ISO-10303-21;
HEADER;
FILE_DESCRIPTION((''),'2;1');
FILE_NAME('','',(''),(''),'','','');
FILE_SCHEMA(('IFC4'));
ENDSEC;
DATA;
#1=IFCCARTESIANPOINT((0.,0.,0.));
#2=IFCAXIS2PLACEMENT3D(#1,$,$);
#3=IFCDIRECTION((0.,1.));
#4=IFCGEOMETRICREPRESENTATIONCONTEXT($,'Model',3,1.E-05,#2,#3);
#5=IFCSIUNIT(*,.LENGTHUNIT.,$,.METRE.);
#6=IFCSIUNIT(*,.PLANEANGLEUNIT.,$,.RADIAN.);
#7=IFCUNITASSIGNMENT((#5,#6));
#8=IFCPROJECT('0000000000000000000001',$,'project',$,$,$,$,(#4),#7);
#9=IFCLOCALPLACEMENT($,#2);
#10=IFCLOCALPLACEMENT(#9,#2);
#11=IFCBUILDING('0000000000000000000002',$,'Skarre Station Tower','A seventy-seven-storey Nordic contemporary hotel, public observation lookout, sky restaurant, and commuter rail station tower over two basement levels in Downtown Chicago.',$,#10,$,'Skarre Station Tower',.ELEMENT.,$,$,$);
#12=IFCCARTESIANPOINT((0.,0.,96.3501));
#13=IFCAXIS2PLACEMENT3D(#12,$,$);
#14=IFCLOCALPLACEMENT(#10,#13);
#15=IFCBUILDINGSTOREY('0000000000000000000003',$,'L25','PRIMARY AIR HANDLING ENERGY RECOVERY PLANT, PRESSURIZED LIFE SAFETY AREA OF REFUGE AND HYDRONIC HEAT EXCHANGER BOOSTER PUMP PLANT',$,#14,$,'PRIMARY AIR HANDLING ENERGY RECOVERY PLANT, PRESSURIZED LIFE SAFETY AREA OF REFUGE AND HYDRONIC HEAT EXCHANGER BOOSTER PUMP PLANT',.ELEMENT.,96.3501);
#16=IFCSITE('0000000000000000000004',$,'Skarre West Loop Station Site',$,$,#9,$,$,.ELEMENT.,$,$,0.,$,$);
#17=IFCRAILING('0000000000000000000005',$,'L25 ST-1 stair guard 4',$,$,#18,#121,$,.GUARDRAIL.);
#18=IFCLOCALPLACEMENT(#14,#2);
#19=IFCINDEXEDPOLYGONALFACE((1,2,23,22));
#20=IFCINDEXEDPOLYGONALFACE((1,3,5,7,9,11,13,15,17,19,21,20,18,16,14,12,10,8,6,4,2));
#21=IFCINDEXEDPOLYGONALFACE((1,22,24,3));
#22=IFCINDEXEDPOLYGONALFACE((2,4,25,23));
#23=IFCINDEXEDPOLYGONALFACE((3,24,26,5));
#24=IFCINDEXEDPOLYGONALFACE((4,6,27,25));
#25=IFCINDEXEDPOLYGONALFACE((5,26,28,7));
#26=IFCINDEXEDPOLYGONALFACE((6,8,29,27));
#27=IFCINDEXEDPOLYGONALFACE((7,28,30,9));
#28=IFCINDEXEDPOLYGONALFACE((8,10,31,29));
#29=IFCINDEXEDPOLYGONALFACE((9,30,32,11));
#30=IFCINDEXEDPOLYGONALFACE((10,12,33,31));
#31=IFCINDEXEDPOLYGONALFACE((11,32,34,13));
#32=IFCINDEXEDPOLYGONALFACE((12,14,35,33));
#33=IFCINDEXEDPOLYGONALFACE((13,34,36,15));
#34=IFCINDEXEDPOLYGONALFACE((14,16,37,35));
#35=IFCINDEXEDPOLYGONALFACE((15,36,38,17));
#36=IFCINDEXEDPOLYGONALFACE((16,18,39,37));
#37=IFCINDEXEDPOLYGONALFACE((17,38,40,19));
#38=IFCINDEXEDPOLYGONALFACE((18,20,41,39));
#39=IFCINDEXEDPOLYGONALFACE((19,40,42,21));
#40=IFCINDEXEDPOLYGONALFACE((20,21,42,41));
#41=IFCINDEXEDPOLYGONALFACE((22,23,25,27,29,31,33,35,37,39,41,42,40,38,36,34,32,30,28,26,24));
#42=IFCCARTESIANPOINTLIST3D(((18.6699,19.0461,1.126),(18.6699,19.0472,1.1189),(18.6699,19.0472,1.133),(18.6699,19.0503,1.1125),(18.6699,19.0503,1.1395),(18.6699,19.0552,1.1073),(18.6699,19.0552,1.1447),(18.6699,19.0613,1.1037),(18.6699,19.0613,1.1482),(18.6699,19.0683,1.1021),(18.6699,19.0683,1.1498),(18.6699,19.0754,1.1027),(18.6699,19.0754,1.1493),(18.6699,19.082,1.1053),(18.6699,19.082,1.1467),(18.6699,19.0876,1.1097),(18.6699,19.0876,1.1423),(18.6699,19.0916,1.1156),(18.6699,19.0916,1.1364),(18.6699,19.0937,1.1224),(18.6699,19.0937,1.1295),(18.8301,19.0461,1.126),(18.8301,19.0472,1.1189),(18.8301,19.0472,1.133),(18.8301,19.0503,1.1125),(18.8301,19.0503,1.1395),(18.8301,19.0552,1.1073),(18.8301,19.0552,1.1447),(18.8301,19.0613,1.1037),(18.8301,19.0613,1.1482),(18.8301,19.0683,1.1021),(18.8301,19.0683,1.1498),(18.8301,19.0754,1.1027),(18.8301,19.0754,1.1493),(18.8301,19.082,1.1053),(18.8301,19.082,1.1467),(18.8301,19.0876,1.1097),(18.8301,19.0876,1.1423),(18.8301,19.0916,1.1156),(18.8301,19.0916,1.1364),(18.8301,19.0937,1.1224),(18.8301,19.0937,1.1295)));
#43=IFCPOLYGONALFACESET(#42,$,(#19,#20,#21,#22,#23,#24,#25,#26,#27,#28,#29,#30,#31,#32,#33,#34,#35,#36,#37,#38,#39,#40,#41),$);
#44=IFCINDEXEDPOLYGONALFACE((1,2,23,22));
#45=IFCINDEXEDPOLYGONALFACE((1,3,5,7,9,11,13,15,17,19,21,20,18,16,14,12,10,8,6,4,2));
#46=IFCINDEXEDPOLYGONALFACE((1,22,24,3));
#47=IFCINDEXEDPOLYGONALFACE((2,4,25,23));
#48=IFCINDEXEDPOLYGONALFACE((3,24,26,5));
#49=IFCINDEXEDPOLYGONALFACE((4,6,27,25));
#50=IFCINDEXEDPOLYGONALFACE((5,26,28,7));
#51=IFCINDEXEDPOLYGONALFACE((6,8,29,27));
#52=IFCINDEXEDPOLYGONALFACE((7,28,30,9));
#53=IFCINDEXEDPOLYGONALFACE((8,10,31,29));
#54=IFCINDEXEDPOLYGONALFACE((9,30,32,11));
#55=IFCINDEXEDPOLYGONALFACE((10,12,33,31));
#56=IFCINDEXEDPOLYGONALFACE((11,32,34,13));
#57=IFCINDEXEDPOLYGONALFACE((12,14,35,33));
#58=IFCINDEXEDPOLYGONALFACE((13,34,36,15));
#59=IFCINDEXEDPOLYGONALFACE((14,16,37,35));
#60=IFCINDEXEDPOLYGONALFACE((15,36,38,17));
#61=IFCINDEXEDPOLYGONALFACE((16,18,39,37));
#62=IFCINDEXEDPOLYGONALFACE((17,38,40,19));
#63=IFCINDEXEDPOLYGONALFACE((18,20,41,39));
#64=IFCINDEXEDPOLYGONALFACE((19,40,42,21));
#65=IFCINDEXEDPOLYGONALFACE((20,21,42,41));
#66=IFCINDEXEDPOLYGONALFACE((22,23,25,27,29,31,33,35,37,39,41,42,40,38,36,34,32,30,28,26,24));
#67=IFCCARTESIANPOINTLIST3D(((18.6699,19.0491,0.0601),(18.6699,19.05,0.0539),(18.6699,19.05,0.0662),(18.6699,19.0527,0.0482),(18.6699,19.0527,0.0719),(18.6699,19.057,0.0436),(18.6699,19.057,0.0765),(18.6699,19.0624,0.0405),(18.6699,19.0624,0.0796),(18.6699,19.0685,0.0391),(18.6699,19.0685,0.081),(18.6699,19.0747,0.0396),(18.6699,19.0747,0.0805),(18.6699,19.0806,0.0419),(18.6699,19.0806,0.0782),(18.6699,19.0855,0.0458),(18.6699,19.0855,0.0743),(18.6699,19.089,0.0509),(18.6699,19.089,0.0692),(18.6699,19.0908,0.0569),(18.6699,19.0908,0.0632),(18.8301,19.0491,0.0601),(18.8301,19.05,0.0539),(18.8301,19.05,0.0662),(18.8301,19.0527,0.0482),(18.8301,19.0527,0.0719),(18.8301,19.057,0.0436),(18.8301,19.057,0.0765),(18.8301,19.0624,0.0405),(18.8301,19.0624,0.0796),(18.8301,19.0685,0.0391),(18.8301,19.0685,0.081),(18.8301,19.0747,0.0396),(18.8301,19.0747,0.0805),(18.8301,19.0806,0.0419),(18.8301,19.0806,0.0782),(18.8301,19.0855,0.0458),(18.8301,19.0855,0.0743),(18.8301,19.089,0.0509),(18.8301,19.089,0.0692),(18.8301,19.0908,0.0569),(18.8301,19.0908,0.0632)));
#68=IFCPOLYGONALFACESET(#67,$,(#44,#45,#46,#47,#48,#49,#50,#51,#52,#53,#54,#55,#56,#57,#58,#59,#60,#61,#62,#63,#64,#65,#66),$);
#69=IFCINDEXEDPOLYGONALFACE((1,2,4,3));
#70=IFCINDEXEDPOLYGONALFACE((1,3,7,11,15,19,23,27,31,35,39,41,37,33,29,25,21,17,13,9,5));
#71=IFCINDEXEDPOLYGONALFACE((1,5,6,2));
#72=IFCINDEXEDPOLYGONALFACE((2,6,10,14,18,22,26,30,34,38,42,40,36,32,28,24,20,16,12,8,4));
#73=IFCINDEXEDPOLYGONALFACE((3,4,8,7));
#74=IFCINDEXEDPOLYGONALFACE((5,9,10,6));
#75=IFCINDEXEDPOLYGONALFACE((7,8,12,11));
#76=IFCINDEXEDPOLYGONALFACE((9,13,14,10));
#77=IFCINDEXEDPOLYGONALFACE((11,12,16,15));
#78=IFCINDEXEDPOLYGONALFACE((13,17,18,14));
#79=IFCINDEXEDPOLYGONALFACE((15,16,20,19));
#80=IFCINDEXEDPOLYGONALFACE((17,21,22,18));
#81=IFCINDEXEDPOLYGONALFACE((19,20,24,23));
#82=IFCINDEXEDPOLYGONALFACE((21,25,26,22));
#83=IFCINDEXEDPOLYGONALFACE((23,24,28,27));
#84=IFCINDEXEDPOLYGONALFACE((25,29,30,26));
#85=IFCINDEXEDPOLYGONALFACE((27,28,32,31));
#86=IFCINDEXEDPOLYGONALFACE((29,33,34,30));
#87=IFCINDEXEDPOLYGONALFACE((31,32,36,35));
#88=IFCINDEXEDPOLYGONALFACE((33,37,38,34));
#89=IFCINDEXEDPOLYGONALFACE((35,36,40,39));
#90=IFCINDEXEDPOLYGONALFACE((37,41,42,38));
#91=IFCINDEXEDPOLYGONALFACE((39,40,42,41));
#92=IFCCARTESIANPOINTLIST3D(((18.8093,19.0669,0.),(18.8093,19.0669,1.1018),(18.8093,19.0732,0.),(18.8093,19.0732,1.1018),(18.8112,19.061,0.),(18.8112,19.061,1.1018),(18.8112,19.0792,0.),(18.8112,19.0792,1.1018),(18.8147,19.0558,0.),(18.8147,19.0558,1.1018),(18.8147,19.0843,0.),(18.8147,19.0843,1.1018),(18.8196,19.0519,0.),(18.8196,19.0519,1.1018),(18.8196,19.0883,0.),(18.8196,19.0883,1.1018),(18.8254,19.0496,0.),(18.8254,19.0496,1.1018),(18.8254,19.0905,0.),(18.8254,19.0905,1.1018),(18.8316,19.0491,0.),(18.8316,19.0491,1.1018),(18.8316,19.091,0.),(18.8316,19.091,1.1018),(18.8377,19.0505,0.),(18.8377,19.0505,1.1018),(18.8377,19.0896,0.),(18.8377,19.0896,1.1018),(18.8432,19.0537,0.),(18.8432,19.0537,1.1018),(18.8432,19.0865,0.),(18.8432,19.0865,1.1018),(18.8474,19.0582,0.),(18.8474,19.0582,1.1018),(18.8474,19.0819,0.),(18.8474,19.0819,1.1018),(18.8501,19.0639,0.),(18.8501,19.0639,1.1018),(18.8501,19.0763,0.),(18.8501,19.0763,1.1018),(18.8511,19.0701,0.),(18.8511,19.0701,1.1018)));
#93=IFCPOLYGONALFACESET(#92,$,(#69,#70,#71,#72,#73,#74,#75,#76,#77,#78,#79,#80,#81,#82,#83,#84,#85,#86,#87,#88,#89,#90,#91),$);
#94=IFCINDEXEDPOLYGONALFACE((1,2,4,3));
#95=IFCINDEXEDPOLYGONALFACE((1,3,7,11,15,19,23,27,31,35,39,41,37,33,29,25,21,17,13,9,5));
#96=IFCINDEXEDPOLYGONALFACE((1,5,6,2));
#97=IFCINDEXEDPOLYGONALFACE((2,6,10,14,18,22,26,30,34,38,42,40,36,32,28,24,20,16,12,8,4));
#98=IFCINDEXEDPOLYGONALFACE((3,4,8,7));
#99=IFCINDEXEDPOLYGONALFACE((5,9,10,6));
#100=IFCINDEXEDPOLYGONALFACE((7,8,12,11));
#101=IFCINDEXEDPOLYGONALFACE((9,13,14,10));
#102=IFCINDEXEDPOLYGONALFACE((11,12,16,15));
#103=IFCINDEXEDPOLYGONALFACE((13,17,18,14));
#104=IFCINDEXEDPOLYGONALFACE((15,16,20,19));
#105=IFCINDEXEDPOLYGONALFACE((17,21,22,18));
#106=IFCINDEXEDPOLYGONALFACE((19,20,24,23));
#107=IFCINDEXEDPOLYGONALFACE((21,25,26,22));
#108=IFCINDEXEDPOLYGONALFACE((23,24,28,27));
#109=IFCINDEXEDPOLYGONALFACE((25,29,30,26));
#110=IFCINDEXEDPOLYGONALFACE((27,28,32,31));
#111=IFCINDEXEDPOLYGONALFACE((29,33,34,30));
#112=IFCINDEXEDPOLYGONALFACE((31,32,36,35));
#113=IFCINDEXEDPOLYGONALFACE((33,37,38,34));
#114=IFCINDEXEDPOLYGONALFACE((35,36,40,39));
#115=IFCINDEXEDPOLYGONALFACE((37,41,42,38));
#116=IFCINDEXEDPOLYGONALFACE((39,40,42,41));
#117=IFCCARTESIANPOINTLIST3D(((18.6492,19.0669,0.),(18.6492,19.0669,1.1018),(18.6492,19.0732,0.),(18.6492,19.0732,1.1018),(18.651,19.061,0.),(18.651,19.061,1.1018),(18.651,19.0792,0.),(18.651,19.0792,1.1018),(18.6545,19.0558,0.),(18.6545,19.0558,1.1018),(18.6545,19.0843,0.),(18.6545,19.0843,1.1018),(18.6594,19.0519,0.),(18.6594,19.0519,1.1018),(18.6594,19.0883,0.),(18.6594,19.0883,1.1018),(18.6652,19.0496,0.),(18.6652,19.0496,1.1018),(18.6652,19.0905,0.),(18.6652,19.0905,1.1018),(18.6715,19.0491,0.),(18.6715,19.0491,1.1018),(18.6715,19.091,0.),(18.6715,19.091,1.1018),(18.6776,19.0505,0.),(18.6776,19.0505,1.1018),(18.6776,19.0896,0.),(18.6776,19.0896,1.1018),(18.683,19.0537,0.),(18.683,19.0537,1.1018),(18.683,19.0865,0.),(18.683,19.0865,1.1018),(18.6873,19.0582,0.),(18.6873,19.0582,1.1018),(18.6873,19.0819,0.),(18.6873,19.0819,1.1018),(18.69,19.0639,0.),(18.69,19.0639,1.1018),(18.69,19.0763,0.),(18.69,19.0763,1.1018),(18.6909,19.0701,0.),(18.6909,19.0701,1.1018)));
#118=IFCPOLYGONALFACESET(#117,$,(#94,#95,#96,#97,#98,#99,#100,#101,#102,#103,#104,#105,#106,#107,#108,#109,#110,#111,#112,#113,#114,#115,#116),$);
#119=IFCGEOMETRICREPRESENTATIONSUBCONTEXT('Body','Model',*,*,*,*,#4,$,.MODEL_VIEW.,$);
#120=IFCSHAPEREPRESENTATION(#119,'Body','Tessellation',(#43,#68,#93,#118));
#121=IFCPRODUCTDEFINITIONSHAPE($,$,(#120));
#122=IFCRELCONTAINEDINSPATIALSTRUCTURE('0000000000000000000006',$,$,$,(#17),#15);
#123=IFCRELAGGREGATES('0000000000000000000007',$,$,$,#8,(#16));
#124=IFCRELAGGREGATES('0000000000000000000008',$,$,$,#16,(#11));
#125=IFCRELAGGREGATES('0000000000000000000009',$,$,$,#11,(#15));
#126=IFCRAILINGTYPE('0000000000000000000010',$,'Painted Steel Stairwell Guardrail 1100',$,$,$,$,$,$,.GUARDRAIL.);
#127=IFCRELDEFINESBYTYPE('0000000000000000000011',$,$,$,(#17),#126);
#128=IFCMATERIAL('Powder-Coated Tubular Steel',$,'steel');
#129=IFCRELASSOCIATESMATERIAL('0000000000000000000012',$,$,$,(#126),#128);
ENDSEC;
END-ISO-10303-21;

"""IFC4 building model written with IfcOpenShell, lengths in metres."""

from ifc_helpers import new_model, si_unit, direction, frame, origin, origin_2d, place, context, subcontext, project, spatial, circle, extrude, material, type_object, element, save


model = new_model("IFC4")

# Units and contexts
model_context = context("Model", 3, precision=1e-05, world=origin(), true_north=direction((0.0, 1.0)))
body_context = subcontext(model_context, "Body", "Model", "MODEL_VIEW")
ifc_project = project(units=[si_unit("LENGTHUNIT", "METRE"), si_unit("PLANEANGLEUNIT", "RADIAN")], contexts=[model_context])

# Site, building, storey
site_placement = place(None, origin())
site = spatial("IfcSite", under=ifc_project, at=site_placement, Name="Skarre West Loop Station Site", CompositionType="ELEMENT", RefElevation=0.0)
building_placement = place(site_placement, origin())
building = spatial("IfcBuilding", under=site, at=building_placement, Name="Skarre Station Tower", Description="A seventy-seven-storey Nordic contemporary hotel, public observation lookout, sky restaurant, and commuter rail station tower over two basement levels in Downtown Chicago.", LongName="Skarre Station Tower", CompositionType="ELEMENT")
storey_placement = place(building_placement, frame((0.0, 0.0, 96.3501)))
storey = spatial("IfcBuildingStorey", under=building, at=storey_placement, Name="L25", Description="PRIMARY AIR HANDLING ENERGY RECOVERY PLANT, PRESSURIZED LIFE SAFETY AREA OF REFUGE AND HYDRONIC HEAT EXCHANGER BOOSTER PUMP PLANT", LongName="PRIMARY AIR HANDLING ENERGY RECOVERY PLANT, PRESSURIZED LIFE SAFETY AREA OF REFUGE AND HYDRONIC HEAT EXCHANGER BOOSTER PUMP PLANT", CompositionType="ELEMENT", Elevation=96.3501)

# Railing
ifc_material_1 = material(Name="Powder-Coated Tubular Steel", Category="steel")
railing_type_1 = type_object("IfcRailingType", Name="Painted Steel Stairwell Guardrail 1100", PredefinedType="GUARDRAIL", material=ifc_material_1)
railing_1_placement = place(storey_placement, frame((18.8301, 19.0701, 0.0)))
element("IfcRailing", 1, at=railing_1_placement, inside=storey, type_object=railing_type_1, Name="L25 ST-1 stair guard 4", PredefinedType="GUARDRAIL", context=body_context, shape_type="SweptSolid", body=[
    extrude(circle(Radius=0.0239, at=origin_2d()), frame((0.0, 0.0, 1.126), z_axis=(-1.0, 0.0, 0.0), x_axis=(0.0, -1.0, 0.0)), (0.0, 0.0, 1.0), 0.1602),
    extrude(circle(Radius=0.021, at=origin_2d()), frame((0.0, 0.0, 0.0601), z_axis=(-1.0, 0.0, 0.0), x_axis=(0.0, -1.0, 0.0)), (0.0, 0.0, 1.0), 0.1602),
    extrude(circle(Radius=0.021, at=origin_2d()), origin(), (0.0, 0.0, 1.0), 1.1018),
    extrude(circle(Radius=0.021, at=origin_2d()), frame((-0.1602, 0.0, 0.0)), (0.0, 0.0, 1.0), 1.1018),
])

save(model, "model.ifc")
